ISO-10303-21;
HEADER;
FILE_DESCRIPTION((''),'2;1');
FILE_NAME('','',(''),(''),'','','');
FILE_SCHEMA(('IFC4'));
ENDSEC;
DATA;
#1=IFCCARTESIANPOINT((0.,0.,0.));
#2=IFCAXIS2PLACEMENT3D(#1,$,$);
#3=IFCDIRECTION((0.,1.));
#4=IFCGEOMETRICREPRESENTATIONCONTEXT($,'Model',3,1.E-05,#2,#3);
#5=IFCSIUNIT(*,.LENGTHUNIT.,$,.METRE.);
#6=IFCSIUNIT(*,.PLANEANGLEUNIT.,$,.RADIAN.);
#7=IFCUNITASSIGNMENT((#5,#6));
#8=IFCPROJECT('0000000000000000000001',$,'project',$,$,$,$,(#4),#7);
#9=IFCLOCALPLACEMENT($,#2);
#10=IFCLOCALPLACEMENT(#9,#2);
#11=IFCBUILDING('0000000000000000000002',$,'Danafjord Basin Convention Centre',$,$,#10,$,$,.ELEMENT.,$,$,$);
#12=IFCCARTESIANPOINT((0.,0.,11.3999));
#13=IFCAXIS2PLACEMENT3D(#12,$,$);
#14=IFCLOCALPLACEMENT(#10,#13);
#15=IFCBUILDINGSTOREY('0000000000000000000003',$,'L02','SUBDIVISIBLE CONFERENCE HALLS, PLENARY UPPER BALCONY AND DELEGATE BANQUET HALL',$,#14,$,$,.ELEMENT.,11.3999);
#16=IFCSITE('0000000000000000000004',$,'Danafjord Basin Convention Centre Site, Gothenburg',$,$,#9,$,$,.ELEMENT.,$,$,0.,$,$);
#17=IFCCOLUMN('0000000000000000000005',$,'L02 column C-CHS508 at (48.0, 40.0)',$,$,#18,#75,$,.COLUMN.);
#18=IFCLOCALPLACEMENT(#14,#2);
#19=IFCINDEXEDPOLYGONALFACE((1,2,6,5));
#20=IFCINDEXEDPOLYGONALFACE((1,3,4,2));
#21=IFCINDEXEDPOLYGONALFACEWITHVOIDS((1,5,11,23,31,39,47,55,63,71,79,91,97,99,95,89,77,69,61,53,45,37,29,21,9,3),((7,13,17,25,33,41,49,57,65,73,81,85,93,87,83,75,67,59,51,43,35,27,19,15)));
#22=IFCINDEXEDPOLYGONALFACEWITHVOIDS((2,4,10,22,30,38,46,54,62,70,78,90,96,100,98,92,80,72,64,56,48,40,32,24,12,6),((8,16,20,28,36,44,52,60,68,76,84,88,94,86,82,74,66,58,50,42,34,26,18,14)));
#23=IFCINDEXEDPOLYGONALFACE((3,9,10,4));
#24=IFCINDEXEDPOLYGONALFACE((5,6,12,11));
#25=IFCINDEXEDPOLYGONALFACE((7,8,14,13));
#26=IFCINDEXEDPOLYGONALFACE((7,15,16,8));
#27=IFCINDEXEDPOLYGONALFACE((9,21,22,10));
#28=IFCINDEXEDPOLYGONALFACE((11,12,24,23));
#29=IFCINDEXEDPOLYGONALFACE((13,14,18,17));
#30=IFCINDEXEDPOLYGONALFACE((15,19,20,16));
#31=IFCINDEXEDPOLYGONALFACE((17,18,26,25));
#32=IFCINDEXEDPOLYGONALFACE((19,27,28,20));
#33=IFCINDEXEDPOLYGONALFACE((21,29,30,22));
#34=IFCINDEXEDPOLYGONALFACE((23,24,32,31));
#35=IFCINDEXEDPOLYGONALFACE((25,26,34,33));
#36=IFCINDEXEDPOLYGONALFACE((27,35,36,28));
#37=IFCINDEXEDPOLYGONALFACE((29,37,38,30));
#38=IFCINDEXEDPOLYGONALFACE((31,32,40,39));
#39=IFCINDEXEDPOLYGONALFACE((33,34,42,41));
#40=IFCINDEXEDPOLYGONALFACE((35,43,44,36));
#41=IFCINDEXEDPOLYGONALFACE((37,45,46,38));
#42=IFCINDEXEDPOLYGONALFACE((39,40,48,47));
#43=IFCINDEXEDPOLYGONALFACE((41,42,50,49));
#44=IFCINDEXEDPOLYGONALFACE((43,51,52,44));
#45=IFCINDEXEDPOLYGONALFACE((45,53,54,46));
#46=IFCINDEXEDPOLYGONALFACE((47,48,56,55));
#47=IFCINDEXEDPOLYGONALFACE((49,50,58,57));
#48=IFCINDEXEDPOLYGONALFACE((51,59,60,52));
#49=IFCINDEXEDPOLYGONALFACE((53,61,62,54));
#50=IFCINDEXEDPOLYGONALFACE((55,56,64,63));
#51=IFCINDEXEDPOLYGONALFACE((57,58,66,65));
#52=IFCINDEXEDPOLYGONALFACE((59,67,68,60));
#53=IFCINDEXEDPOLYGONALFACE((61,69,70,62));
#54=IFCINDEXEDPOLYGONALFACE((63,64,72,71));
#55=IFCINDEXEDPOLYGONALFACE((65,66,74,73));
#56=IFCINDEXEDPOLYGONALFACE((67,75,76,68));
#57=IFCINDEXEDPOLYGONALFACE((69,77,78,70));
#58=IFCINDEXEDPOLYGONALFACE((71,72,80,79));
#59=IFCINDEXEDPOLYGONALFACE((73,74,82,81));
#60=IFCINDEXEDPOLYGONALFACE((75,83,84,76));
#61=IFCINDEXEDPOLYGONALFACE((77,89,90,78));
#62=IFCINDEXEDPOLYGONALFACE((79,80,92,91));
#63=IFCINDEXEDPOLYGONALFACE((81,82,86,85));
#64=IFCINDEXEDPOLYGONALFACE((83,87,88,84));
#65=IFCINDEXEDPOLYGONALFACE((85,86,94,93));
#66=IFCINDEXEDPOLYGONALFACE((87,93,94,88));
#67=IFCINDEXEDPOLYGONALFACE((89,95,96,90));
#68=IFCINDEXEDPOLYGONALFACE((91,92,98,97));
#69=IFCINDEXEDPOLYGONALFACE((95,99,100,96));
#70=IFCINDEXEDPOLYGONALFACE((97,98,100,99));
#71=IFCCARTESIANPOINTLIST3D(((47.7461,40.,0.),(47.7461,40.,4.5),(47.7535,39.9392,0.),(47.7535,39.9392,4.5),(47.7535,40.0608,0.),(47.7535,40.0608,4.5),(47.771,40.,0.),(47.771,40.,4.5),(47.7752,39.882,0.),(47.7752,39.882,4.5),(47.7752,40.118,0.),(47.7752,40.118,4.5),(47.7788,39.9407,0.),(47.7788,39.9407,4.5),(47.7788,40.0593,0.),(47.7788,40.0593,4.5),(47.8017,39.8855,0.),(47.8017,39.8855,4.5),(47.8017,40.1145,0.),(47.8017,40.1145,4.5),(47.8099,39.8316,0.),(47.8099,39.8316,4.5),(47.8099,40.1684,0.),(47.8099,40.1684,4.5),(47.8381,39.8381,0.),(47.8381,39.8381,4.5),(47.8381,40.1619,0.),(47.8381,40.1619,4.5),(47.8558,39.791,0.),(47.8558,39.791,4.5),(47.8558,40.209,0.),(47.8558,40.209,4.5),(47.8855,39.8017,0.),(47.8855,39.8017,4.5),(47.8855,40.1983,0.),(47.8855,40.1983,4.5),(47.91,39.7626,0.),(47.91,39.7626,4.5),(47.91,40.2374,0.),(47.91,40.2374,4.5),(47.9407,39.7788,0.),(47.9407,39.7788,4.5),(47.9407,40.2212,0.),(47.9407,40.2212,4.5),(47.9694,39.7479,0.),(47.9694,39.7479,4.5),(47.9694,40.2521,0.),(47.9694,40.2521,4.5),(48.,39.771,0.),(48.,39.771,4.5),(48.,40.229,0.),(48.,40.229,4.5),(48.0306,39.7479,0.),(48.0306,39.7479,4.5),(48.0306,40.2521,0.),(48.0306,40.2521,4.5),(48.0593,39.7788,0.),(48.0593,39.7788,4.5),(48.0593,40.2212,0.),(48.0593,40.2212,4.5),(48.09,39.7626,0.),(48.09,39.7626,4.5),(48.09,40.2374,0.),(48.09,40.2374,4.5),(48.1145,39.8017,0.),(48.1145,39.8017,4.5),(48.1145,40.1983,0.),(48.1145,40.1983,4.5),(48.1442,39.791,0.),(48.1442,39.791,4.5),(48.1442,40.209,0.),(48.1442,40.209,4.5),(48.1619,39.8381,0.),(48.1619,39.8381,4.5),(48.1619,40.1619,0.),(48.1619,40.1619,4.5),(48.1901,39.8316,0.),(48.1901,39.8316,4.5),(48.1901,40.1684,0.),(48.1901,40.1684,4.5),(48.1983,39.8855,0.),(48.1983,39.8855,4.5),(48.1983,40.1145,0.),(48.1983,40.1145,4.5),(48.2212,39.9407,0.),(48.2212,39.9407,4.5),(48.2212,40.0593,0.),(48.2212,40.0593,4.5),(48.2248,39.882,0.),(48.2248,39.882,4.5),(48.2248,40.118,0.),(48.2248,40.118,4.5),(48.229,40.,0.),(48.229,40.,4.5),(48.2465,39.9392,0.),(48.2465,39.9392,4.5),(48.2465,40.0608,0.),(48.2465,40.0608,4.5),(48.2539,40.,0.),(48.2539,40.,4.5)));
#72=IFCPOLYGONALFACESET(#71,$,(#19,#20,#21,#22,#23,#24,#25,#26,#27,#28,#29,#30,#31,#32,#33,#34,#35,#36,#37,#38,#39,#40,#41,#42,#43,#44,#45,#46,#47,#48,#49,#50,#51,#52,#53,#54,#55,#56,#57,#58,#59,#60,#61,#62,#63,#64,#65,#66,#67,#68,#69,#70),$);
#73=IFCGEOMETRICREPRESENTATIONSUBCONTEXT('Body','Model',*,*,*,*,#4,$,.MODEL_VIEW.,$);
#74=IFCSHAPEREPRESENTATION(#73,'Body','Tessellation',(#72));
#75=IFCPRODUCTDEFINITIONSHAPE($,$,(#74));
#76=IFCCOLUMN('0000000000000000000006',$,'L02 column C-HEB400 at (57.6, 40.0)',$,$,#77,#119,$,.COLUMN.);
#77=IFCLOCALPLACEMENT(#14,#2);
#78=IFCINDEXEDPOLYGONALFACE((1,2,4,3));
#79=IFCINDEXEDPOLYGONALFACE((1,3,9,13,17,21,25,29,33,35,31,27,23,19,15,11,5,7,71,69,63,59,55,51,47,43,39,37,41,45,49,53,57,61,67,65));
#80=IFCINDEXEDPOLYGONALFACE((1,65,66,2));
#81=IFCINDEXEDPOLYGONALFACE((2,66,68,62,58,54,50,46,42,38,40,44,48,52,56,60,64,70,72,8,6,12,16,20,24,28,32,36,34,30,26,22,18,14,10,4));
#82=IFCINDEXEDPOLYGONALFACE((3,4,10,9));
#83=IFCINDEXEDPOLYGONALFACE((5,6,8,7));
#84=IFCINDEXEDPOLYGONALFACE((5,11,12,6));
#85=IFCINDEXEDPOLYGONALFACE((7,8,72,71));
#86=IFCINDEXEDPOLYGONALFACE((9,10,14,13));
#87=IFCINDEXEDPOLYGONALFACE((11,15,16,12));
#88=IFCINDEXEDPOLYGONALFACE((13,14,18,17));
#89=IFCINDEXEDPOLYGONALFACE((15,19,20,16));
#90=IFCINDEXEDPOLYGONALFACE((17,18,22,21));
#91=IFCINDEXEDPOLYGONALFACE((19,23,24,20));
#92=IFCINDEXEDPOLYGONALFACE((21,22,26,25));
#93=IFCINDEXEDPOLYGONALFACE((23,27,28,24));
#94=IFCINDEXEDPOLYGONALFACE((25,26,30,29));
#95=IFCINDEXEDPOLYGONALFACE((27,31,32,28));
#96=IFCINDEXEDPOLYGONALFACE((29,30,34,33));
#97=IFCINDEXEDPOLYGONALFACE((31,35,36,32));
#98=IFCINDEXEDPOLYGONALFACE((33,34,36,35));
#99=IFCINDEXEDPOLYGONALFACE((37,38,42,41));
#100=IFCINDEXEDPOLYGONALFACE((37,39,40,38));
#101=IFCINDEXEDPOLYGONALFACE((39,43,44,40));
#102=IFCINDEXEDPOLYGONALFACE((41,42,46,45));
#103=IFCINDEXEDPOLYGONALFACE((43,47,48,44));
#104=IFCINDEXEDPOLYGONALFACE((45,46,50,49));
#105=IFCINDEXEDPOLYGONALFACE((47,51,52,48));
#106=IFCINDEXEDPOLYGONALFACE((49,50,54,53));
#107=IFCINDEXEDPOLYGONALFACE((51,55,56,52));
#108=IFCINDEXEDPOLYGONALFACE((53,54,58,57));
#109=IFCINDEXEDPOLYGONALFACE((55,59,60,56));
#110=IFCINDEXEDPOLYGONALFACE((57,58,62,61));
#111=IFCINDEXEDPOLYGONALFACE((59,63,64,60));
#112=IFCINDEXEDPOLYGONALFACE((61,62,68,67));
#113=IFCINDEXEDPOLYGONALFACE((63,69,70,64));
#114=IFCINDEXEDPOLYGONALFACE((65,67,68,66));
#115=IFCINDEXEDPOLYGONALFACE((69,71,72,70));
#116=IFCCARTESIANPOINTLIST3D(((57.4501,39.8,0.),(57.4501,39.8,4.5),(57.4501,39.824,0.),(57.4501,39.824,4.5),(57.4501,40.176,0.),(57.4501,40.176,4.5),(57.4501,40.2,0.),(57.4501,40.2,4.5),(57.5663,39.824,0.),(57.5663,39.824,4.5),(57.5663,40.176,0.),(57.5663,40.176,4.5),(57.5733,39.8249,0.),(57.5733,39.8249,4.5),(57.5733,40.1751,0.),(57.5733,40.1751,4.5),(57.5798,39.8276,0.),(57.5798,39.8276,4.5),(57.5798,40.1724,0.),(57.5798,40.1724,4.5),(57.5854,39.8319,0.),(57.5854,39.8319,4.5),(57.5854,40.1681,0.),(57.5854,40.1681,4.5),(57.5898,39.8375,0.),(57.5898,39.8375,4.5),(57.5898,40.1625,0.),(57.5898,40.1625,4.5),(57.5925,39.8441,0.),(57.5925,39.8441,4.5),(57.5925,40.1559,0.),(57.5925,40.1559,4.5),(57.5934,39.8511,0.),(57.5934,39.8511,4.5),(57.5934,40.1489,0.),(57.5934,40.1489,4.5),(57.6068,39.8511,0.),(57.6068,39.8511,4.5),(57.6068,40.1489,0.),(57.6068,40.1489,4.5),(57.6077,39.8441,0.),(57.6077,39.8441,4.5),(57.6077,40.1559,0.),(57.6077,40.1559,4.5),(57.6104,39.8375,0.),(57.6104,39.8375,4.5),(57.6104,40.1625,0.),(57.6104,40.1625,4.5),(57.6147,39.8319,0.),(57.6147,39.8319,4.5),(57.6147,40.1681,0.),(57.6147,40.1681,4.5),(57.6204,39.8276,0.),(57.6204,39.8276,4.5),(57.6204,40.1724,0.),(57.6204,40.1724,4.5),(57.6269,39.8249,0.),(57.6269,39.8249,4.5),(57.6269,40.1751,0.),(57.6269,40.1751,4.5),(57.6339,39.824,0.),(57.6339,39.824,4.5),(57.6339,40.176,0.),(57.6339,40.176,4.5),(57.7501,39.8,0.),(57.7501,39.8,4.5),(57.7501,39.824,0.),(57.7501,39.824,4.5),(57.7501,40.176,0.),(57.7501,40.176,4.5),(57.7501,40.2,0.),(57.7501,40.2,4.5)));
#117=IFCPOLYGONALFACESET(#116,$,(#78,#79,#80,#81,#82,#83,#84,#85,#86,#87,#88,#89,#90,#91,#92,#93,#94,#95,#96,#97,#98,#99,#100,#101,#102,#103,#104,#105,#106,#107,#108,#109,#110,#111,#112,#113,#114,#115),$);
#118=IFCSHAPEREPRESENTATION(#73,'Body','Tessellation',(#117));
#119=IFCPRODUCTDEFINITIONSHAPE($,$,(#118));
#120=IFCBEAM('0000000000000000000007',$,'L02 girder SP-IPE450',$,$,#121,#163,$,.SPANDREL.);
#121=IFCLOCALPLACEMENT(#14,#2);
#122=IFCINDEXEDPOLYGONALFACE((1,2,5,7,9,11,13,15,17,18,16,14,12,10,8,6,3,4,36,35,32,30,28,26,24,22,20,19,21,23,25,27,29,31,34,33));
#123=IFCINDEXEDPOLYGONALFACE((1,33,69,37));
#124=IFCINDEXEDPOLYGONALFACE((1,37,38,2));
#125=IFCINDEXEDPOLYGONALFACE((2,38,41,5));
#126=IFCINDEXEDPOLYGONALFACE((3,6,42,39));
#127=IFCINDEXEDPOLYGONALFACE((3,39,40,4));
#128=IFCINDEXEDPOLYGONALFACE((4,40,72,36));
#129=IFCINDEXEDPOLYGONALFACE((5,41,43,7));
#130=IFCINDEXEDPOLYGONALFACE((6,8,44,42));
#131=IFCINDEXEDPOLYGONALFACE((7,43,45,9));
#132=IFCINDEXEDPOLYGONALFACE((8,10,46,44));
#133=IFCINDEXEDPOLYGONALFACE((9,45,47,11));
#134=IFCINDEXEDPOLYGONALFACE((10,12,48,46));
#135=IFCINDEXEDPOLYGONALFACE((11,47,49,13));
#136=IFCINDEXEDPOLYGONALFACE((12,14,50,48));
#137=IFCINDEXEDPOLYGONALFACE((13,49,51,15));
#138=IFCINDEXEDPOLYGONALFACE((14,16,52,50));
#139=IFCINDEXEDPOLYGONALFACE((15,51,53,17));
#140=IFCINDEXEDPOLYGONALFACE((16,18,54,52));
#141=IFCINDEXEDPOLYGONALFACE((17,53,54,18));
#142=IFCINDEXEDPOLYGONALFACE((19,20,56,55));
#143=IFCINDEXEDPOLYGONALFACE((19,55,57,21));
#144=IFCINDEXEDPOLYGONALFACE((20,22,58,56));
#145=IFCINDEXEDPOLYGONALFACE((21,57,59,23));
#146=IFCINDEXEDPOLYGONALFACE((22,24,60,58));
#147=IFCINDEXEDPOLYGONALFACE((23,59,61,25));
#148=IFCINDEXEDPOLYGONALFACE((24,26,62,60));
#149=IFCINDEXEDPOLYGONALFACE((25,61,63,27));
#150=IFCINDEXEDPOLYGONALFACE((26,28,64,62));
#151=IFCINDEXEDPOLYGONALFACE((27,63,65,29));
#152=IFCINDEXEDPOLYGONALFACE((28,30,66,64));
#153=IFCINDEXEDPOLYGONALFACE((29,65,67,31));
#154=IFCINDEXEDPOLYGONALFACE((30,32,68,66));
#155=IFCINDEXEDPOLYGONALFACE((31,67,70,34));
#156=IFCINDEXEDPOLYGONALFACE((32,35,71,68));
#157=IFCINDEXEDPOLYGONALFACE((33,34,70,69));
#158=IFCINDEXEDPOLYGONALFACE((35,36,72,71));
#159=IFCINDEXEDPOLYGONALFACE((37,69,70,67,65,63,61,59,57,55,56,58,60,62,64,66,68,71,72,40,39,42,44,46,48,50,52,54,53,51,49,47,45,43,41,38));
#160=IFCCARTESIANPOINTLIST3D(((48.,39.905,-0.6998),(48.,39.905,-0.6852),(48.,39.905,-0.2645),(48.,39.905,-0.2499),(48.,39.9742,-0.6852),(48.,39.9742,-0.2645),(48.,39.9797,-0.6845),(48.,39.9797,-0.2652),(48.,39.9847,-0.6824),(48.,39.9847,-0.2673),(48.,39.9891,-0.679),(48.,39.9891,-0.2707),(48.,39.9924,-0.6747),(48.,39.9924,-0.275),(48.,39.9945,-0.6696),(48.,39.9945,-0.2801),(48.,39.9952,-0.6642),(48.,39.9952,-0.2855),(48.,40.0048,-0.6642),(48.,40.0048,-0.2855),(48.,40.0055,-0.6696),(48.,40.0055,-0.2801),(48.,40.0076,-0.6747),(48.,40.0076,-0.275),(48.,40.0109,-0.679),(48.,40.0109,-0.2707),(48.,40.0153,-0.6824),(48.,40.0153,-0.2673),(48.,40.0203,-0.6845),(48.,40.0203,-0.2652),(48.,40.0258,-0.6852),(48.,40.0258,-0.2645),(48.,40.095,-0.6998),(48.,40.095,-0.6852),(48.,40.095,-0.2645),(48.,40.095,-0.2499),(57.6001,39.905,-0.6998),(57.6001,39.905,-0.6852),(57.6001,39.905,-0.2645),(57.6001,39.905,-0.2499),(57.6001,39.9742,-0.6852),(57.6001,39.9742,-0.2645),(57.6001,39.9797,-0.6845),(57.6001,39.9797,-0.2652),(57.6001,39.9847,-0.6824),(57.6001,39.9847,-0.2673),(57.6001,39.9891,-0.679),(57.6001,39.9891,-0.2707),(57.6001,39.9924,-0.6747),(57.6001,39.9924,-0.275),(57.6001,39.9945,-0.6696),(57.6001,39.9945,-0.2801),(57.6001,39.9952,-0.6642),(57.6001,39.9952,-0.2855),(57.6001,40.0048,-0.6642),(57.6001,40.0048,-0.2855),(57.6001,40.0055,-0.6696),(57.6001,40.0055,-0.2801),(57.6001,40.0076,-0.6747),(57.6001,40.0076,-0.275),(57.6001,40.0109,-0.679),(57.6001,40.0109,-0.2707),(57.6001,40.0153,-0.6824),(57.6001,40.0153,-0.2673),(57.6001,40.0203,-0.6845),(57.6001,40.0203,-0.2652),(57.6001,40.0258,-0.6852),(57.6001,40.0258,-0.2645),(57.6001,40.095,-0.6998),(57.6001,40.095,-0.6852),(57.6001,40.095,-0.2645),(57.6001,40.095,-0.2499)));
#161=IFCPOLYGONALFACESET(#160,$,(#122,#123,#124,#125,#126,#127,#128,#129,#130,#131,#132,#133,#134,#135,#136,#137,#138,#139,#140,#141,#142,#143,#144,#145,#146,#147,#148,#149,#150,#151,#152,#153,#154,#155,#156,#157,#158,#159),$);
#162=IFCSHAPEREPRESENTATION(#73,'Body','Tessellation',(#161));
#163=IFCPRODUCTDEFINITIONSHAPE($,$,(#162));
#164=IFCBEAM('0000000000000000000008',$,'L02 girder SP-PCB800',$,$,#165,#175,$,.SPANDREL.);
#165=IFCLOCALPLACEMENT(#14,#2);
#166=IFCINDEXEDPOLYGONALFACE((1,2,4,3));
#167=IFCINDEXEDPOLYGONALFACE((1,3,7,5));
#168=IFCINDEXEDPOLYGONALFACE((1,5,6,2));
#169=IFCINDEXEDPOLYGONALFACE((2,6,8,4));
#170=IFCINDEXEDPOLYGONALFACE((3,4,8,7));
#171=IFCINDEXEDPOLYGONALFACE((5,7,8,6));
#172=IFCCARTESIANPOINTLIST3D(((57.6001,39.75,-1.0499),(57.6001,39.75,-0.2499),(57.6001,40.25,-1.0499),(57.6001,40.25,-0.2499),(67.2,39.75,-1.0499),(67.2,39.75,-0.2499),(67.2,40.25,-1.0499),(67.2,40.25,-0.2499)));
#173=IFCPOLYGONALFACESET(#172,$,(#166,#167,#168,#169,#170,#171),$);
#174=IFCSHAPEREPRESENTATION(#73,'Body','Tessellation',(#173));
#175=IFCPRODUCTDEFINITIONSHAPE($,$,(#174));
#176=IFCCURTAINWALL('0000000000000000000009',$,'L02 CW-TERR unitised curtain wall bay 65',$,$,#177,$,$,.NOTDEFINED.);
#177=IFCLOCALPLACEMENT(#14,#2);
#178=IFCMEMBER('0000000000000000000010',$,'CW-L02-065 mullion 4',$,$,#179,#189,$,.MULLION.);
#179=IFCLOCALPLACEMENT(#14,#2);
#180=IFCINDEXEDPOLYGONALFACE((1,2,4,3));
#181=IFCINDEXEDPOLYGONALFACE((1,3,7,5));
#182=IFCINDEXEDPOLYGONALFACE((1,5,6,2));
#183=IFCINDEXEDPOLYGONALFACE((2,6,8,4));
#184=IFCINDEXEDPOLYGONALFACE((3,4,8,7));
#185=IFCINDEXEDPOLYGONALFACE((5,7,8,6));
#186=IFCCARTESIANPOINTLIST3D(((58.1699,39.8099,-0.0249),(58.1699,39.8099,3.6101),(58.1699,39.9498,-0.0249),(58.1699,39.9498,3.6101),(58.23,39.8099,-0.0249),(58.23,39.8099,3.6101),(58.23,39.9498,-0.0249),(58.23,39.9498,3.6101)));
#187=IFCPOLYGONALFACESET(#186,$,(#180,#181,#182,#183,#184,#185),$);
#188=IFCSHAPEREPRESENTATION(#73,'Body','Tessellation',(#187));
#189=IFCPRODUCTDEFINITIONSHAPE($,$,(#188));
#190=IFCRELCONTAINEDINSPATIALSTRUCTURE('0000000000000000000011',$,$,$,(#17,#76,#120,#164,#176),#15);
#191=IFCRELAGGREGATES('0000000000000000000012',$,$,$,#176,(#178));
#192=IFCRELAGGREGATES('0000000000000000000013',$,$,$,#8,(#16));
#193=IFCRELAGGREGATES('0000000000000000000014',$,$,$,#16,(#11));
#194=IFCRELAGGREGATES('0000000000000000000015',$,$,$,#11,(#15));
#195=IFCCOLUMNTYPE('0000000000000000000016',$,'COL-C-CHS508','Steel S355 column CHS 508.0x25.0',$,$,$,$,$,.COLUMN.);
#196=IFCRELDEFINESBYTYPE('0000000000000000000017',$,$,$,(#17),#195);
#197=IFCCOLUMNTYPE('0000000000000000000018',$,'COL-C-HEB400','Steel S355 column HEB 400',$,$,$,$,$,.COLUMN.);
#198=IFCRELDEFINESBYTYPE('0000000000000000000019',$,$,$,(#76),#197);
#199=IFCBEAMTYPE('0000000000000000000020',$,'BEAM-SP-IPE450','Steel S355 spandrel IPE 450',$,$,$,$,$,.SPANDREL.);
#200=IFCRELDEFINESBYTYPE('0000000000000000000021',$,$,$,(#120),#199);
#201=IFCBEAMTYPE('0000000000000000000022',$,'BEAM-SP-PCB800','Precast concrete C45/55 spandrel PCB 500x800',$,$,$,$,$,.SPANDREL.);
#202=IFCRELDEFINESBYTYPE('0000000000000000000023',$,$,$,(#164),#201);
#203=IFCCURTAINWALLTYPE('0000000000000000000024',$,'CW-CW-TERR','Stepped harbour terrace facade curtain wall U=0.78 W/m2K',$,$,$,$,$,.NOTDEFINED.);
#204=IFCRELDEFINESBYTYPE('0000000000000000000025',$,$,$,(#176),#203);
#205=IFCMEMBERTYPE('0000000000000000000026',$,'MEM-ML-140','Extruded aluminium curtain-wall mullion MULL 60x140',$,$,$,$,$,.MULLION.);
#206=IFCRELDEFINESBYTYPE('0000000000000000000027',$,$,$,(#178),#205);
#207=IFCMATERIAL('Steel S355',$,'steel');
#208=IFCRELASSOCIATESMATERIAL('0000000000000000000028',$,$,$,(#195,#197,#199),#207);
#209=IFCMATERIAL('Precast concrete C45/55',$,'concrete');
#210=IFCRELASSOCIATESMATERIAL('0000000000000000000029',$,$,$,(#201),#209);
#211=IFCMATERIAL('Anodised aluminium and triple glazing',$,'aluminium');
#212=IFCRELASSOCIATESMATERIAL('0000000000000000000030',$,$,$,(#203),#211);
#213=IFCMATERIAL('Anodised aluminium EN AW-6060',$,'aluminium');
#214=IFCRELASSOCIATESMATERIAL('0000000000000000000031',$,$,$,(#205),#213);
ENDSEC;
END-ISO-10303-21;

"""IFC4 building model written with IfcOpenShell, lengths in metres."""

from ifc_helpers import new_model, si_unit, direction, frame, origin, origin_2d, place, context, subcontext, project, spatial, rectangle, hollow_circle, i_section, extrude, material, material_profile, profile_set, type_object, element, aggregate, save


model = new_model("IFC4")

# Units and contexts
model_context = context("Model", 3, precision=1e-05, world=origin(), true_north=direction((0.0, 1.0)))
body_context = subcontext(model_context, "Body", "Model", "MODEL_VIEW")
ifc_project = project(units=[si_unit("LENGTHUNIT", "METRE"), si_unit("PLANEANGLEUNIT", "RADIAN")], contexts=[model_context])

# Site, building, storey
site_placement = place(None, origin())
site = spatial("IfcSite", under=ifc_project, at=site_placement, Name="Danafjord Basin Convention Centre Site, Gothenburg", CompositionType="ELEMENT", RefElevation=0.0)
building_placement = place(site_placement, origin())
building = spatial("IfcBuilding", under=site, at=building_placement, Name="Danafjord Basin Convention Centre", CompositionType="ELEMENT")
storey_placement = place(building_placement, frame((0.0, 0.0, 11.3999)))
storey = spatial("IfcBuildingStorey", under=building, at=storey_placement, Name="L02", Description="SUBDIVISIBLE CONFERENCE HALLS, PLENARY UPPER BALCONY AND DELEGATE BANQUET HALL", CompositionType="ELEMENT", Elevation=11.3999)

# Columns
ifc_material_1 = material(Name="Steel S355", Category="steel")
ifc_material_profile_1 = material_profile(ifc_material_1, hollow_circle(Radius=0.2539, WallThickness=0.0249, at=origin_2d()), Name="CHS 508.0x25.0")
ifc_profile_set_1 = profile_set([ifc_material_profile_1], Name="Steel S355")
column_type_1 = type_object("IfcColumnType", Name="COL-C-CHS508", Description="Steel S355 column CHS 508.0x25.0", PredefinedType="COLUMN", material=ifc_profile_set_1)
column_1_placement = place(storey_placement, frame((48.0, 40.0, 0.0), z_axis=(0.0, 0.0, 1.0), x_axis=(1.0, 0.0, 0.0)))
element("IfcColumn", 1, at=column_1_placement, inside=storey, type_object=column_type_1, Name="L02 column C-CHS508 at (48.0, 40.0)", PredefinedType="COLUMN", context=body_context, shape_type="SweptSolid", body=[
    extrude(hollow_circle(Radius=0.2539, WallThickness=0.0249, at=origin_2d()), origin(), (0.0, 0.0, 1.0), 4.5),
])
ifc_material_profile_2 = material_profile(ifc_material_1, i_section(OverallWidth=0.3, OverallDepth=0.3999, WebThickness=0.0134, FlangeThickness=0.0239, FilletRadius=0.0271, at=origin_2d()), Name="HEB 400")
ifc_profile_set_2 = profile_set([ifc_material_profile_2], Name="Steel S355")
column_type_2 = type_object("IfcColumnType", Name="COL-C-HEB400", Description="Steel S355 column HEB 400", PredefinedType="COLUMN", material=ifc_profile_set_2)
column_2_placement = place(storey_placement, frame((57.6001, 40.0, 0.0), z_axis=(0.0, 0.0, 1.0), x_axis=(1.0, 0.0, 0.0)))
element("IfcColumn", 2, at=column_2_placement, inside=storey, type_object=column_type_2, Name="L02 column C-HEB400 at (57.6, 40.0)", PredefinedType="COLUMN", context=body_context, shape_type="SweptSolid", body=[
    extrude(i_section(OverallWidth=0.3, OverallDepth=0.3999, WebThickness=0.0134, FlangeThickness=0.0239, FilletRadius=0.0271, at=origin_2d()), origin(), (0.0, 0.0, 1.0), 4.5),
])

# Beams
ifc_material_profile_3 = material_profile(ifc_material_1, i_section(OverallWidth=0.1899, OverallDepth=0.45, WebThickness=0.0095, FlangeThickness=0.0146, FilletRadius=0.021, at=origin_2d()), Name="IPE 450")
ifc_profile_set_3 = profile_set([ifc_material_profile_3], Name="Steel S355")
beam_type_1 = type_object("IfcBeamType", Name="BEAM-SP-IPE450", Description="Steel S355 spandrel IPE 450", PredefinedType="SPANDREL", material=ifc_profile_set_3)
beam_1_placement = place(storey_placement, frame((48.0, 40.0, -0.4749), z_axis=(1.0, 0.0, 0.0), x_axis=(0.0, 1.0, 0.0)))
element("IfcBeam", 3, at=beam_1_placement, inside=storey, type_object=beam_type_1, Name="L02 girder SP-IPE450", PredefinedType="SPANDREL", context=body_context, shape_type="SweptSolid", body=[
    extrude(i_section(OverallWidth=0.1899, OverallDepth=0.45, WebThickness=0.0095, FlangeThickness=0.0146, FilletRadius=0.021, at=origin_2d()), origin(), (0.0, 0.0, 1.0), 9.6001),
])
ifc_material_2 = material(Name="Precast concrete C45/55", Category="concrete")
ifc_material_profile_4 = material_profile(ifc_material_2, rectangle(XDim=0.5, YDim=0.8, at=origin_2d()), Name="PCB 500x800")
ifc_profile_set_4 = profile_set([ifc_material_profile_4], Name="Precast concrete C45/55")
beam_type_2 = type_object("IfcBeamType", Name="BEAM-SP-PCB800", Description="Precast concrete C45/55 spandrel PCB 500x800", PredefinedType="SPANDREL", material=ifc_profile_set_4)
beam_2_placement = place(storey_placement, frame((57.6001, 40.0, -0.6499), z_axis=(1.0, 0.0, 0.0), x_axis=(0.0, 1.0, 0.0)))
element("IfcBeam", 4, at=beam_2_placement, inside=storey, type_object=beam_type_2, Name="L02 girder SP-PCB800", PredefinedType="SPANDREL", context=body_context, shape_type="SweptSolid", body=[
    extrude(rectangle(XDim=0.5, YDim=0.8, at=origin_2d()), origin(), (0.0, 0.0, 1.0), 9.5999),
])

# Curtain wall, member
ifc_material_3 = material(Name="Anodised aluminium and triple glazing", Category="aluminium")
curtain_wall_type = type_object("IfcCurtainWallType", Name="CW-CW-TERR", Description="Stepped harbour terrace facade curtain wall U=0.78 W/m2K", PredefinedType="NOTDEFINED", material=ifc_material_3)
curtain_wall_1_placement = place(storey_placement, origin())
curtain_wall_1 = element("IfcCurtainWall", 5, at=curtain_wall_1_placement, inside=storey, type_object=curtain_wall_type, Name="L02 CW-TERR unitised curtain wall bay 65", PredefinedType="NOTDEFINED")
ifc_material_4 = material(Name="Anodised aluminium EN AW-6060", Category="aluminium")
ifc_material_profile_5 = material_profile(ifc_material_4, rectangle(XDim=0.0601, YDim=0.1399, at=origin_2d()), Name="MULL 60x140")
ifc_profile_set_5 = profile_set([ifc_material_profile_5], Name="Anodised aluminium EN AW-6060")
member_type_1 = type_object("IfcMemberType", Name="MEM-ML-140", Description="Extruded aluminium curtain-wall mullion MULL 60x140", PredefinedType="MULLION", material=ifc_profile_set_5)
member_1_placement = place(storey_placement, frame((58.2, 39.8799, -0.0249), z_axis=(0.0, 0.0, 1.0), x_axis=(-1.0, 0.0, 0.0)))
member_1 = element("IfcMember", 6, at=member_1_placement, type_object=member_type_1, Name="CW-L02-065 mullion 4", PredefinedType="MULLION", context=body_context, shape_type="SweptSolid", body=[
    extrude(rectangle(XDim=0.0601, YDim=0.1399, at=origin_2d()), origin(), (0.0, 0.0, 1.0), 3.635),
])

aggregate(curtain_wall_1, [member_1])

save(model, "model.ifc")
